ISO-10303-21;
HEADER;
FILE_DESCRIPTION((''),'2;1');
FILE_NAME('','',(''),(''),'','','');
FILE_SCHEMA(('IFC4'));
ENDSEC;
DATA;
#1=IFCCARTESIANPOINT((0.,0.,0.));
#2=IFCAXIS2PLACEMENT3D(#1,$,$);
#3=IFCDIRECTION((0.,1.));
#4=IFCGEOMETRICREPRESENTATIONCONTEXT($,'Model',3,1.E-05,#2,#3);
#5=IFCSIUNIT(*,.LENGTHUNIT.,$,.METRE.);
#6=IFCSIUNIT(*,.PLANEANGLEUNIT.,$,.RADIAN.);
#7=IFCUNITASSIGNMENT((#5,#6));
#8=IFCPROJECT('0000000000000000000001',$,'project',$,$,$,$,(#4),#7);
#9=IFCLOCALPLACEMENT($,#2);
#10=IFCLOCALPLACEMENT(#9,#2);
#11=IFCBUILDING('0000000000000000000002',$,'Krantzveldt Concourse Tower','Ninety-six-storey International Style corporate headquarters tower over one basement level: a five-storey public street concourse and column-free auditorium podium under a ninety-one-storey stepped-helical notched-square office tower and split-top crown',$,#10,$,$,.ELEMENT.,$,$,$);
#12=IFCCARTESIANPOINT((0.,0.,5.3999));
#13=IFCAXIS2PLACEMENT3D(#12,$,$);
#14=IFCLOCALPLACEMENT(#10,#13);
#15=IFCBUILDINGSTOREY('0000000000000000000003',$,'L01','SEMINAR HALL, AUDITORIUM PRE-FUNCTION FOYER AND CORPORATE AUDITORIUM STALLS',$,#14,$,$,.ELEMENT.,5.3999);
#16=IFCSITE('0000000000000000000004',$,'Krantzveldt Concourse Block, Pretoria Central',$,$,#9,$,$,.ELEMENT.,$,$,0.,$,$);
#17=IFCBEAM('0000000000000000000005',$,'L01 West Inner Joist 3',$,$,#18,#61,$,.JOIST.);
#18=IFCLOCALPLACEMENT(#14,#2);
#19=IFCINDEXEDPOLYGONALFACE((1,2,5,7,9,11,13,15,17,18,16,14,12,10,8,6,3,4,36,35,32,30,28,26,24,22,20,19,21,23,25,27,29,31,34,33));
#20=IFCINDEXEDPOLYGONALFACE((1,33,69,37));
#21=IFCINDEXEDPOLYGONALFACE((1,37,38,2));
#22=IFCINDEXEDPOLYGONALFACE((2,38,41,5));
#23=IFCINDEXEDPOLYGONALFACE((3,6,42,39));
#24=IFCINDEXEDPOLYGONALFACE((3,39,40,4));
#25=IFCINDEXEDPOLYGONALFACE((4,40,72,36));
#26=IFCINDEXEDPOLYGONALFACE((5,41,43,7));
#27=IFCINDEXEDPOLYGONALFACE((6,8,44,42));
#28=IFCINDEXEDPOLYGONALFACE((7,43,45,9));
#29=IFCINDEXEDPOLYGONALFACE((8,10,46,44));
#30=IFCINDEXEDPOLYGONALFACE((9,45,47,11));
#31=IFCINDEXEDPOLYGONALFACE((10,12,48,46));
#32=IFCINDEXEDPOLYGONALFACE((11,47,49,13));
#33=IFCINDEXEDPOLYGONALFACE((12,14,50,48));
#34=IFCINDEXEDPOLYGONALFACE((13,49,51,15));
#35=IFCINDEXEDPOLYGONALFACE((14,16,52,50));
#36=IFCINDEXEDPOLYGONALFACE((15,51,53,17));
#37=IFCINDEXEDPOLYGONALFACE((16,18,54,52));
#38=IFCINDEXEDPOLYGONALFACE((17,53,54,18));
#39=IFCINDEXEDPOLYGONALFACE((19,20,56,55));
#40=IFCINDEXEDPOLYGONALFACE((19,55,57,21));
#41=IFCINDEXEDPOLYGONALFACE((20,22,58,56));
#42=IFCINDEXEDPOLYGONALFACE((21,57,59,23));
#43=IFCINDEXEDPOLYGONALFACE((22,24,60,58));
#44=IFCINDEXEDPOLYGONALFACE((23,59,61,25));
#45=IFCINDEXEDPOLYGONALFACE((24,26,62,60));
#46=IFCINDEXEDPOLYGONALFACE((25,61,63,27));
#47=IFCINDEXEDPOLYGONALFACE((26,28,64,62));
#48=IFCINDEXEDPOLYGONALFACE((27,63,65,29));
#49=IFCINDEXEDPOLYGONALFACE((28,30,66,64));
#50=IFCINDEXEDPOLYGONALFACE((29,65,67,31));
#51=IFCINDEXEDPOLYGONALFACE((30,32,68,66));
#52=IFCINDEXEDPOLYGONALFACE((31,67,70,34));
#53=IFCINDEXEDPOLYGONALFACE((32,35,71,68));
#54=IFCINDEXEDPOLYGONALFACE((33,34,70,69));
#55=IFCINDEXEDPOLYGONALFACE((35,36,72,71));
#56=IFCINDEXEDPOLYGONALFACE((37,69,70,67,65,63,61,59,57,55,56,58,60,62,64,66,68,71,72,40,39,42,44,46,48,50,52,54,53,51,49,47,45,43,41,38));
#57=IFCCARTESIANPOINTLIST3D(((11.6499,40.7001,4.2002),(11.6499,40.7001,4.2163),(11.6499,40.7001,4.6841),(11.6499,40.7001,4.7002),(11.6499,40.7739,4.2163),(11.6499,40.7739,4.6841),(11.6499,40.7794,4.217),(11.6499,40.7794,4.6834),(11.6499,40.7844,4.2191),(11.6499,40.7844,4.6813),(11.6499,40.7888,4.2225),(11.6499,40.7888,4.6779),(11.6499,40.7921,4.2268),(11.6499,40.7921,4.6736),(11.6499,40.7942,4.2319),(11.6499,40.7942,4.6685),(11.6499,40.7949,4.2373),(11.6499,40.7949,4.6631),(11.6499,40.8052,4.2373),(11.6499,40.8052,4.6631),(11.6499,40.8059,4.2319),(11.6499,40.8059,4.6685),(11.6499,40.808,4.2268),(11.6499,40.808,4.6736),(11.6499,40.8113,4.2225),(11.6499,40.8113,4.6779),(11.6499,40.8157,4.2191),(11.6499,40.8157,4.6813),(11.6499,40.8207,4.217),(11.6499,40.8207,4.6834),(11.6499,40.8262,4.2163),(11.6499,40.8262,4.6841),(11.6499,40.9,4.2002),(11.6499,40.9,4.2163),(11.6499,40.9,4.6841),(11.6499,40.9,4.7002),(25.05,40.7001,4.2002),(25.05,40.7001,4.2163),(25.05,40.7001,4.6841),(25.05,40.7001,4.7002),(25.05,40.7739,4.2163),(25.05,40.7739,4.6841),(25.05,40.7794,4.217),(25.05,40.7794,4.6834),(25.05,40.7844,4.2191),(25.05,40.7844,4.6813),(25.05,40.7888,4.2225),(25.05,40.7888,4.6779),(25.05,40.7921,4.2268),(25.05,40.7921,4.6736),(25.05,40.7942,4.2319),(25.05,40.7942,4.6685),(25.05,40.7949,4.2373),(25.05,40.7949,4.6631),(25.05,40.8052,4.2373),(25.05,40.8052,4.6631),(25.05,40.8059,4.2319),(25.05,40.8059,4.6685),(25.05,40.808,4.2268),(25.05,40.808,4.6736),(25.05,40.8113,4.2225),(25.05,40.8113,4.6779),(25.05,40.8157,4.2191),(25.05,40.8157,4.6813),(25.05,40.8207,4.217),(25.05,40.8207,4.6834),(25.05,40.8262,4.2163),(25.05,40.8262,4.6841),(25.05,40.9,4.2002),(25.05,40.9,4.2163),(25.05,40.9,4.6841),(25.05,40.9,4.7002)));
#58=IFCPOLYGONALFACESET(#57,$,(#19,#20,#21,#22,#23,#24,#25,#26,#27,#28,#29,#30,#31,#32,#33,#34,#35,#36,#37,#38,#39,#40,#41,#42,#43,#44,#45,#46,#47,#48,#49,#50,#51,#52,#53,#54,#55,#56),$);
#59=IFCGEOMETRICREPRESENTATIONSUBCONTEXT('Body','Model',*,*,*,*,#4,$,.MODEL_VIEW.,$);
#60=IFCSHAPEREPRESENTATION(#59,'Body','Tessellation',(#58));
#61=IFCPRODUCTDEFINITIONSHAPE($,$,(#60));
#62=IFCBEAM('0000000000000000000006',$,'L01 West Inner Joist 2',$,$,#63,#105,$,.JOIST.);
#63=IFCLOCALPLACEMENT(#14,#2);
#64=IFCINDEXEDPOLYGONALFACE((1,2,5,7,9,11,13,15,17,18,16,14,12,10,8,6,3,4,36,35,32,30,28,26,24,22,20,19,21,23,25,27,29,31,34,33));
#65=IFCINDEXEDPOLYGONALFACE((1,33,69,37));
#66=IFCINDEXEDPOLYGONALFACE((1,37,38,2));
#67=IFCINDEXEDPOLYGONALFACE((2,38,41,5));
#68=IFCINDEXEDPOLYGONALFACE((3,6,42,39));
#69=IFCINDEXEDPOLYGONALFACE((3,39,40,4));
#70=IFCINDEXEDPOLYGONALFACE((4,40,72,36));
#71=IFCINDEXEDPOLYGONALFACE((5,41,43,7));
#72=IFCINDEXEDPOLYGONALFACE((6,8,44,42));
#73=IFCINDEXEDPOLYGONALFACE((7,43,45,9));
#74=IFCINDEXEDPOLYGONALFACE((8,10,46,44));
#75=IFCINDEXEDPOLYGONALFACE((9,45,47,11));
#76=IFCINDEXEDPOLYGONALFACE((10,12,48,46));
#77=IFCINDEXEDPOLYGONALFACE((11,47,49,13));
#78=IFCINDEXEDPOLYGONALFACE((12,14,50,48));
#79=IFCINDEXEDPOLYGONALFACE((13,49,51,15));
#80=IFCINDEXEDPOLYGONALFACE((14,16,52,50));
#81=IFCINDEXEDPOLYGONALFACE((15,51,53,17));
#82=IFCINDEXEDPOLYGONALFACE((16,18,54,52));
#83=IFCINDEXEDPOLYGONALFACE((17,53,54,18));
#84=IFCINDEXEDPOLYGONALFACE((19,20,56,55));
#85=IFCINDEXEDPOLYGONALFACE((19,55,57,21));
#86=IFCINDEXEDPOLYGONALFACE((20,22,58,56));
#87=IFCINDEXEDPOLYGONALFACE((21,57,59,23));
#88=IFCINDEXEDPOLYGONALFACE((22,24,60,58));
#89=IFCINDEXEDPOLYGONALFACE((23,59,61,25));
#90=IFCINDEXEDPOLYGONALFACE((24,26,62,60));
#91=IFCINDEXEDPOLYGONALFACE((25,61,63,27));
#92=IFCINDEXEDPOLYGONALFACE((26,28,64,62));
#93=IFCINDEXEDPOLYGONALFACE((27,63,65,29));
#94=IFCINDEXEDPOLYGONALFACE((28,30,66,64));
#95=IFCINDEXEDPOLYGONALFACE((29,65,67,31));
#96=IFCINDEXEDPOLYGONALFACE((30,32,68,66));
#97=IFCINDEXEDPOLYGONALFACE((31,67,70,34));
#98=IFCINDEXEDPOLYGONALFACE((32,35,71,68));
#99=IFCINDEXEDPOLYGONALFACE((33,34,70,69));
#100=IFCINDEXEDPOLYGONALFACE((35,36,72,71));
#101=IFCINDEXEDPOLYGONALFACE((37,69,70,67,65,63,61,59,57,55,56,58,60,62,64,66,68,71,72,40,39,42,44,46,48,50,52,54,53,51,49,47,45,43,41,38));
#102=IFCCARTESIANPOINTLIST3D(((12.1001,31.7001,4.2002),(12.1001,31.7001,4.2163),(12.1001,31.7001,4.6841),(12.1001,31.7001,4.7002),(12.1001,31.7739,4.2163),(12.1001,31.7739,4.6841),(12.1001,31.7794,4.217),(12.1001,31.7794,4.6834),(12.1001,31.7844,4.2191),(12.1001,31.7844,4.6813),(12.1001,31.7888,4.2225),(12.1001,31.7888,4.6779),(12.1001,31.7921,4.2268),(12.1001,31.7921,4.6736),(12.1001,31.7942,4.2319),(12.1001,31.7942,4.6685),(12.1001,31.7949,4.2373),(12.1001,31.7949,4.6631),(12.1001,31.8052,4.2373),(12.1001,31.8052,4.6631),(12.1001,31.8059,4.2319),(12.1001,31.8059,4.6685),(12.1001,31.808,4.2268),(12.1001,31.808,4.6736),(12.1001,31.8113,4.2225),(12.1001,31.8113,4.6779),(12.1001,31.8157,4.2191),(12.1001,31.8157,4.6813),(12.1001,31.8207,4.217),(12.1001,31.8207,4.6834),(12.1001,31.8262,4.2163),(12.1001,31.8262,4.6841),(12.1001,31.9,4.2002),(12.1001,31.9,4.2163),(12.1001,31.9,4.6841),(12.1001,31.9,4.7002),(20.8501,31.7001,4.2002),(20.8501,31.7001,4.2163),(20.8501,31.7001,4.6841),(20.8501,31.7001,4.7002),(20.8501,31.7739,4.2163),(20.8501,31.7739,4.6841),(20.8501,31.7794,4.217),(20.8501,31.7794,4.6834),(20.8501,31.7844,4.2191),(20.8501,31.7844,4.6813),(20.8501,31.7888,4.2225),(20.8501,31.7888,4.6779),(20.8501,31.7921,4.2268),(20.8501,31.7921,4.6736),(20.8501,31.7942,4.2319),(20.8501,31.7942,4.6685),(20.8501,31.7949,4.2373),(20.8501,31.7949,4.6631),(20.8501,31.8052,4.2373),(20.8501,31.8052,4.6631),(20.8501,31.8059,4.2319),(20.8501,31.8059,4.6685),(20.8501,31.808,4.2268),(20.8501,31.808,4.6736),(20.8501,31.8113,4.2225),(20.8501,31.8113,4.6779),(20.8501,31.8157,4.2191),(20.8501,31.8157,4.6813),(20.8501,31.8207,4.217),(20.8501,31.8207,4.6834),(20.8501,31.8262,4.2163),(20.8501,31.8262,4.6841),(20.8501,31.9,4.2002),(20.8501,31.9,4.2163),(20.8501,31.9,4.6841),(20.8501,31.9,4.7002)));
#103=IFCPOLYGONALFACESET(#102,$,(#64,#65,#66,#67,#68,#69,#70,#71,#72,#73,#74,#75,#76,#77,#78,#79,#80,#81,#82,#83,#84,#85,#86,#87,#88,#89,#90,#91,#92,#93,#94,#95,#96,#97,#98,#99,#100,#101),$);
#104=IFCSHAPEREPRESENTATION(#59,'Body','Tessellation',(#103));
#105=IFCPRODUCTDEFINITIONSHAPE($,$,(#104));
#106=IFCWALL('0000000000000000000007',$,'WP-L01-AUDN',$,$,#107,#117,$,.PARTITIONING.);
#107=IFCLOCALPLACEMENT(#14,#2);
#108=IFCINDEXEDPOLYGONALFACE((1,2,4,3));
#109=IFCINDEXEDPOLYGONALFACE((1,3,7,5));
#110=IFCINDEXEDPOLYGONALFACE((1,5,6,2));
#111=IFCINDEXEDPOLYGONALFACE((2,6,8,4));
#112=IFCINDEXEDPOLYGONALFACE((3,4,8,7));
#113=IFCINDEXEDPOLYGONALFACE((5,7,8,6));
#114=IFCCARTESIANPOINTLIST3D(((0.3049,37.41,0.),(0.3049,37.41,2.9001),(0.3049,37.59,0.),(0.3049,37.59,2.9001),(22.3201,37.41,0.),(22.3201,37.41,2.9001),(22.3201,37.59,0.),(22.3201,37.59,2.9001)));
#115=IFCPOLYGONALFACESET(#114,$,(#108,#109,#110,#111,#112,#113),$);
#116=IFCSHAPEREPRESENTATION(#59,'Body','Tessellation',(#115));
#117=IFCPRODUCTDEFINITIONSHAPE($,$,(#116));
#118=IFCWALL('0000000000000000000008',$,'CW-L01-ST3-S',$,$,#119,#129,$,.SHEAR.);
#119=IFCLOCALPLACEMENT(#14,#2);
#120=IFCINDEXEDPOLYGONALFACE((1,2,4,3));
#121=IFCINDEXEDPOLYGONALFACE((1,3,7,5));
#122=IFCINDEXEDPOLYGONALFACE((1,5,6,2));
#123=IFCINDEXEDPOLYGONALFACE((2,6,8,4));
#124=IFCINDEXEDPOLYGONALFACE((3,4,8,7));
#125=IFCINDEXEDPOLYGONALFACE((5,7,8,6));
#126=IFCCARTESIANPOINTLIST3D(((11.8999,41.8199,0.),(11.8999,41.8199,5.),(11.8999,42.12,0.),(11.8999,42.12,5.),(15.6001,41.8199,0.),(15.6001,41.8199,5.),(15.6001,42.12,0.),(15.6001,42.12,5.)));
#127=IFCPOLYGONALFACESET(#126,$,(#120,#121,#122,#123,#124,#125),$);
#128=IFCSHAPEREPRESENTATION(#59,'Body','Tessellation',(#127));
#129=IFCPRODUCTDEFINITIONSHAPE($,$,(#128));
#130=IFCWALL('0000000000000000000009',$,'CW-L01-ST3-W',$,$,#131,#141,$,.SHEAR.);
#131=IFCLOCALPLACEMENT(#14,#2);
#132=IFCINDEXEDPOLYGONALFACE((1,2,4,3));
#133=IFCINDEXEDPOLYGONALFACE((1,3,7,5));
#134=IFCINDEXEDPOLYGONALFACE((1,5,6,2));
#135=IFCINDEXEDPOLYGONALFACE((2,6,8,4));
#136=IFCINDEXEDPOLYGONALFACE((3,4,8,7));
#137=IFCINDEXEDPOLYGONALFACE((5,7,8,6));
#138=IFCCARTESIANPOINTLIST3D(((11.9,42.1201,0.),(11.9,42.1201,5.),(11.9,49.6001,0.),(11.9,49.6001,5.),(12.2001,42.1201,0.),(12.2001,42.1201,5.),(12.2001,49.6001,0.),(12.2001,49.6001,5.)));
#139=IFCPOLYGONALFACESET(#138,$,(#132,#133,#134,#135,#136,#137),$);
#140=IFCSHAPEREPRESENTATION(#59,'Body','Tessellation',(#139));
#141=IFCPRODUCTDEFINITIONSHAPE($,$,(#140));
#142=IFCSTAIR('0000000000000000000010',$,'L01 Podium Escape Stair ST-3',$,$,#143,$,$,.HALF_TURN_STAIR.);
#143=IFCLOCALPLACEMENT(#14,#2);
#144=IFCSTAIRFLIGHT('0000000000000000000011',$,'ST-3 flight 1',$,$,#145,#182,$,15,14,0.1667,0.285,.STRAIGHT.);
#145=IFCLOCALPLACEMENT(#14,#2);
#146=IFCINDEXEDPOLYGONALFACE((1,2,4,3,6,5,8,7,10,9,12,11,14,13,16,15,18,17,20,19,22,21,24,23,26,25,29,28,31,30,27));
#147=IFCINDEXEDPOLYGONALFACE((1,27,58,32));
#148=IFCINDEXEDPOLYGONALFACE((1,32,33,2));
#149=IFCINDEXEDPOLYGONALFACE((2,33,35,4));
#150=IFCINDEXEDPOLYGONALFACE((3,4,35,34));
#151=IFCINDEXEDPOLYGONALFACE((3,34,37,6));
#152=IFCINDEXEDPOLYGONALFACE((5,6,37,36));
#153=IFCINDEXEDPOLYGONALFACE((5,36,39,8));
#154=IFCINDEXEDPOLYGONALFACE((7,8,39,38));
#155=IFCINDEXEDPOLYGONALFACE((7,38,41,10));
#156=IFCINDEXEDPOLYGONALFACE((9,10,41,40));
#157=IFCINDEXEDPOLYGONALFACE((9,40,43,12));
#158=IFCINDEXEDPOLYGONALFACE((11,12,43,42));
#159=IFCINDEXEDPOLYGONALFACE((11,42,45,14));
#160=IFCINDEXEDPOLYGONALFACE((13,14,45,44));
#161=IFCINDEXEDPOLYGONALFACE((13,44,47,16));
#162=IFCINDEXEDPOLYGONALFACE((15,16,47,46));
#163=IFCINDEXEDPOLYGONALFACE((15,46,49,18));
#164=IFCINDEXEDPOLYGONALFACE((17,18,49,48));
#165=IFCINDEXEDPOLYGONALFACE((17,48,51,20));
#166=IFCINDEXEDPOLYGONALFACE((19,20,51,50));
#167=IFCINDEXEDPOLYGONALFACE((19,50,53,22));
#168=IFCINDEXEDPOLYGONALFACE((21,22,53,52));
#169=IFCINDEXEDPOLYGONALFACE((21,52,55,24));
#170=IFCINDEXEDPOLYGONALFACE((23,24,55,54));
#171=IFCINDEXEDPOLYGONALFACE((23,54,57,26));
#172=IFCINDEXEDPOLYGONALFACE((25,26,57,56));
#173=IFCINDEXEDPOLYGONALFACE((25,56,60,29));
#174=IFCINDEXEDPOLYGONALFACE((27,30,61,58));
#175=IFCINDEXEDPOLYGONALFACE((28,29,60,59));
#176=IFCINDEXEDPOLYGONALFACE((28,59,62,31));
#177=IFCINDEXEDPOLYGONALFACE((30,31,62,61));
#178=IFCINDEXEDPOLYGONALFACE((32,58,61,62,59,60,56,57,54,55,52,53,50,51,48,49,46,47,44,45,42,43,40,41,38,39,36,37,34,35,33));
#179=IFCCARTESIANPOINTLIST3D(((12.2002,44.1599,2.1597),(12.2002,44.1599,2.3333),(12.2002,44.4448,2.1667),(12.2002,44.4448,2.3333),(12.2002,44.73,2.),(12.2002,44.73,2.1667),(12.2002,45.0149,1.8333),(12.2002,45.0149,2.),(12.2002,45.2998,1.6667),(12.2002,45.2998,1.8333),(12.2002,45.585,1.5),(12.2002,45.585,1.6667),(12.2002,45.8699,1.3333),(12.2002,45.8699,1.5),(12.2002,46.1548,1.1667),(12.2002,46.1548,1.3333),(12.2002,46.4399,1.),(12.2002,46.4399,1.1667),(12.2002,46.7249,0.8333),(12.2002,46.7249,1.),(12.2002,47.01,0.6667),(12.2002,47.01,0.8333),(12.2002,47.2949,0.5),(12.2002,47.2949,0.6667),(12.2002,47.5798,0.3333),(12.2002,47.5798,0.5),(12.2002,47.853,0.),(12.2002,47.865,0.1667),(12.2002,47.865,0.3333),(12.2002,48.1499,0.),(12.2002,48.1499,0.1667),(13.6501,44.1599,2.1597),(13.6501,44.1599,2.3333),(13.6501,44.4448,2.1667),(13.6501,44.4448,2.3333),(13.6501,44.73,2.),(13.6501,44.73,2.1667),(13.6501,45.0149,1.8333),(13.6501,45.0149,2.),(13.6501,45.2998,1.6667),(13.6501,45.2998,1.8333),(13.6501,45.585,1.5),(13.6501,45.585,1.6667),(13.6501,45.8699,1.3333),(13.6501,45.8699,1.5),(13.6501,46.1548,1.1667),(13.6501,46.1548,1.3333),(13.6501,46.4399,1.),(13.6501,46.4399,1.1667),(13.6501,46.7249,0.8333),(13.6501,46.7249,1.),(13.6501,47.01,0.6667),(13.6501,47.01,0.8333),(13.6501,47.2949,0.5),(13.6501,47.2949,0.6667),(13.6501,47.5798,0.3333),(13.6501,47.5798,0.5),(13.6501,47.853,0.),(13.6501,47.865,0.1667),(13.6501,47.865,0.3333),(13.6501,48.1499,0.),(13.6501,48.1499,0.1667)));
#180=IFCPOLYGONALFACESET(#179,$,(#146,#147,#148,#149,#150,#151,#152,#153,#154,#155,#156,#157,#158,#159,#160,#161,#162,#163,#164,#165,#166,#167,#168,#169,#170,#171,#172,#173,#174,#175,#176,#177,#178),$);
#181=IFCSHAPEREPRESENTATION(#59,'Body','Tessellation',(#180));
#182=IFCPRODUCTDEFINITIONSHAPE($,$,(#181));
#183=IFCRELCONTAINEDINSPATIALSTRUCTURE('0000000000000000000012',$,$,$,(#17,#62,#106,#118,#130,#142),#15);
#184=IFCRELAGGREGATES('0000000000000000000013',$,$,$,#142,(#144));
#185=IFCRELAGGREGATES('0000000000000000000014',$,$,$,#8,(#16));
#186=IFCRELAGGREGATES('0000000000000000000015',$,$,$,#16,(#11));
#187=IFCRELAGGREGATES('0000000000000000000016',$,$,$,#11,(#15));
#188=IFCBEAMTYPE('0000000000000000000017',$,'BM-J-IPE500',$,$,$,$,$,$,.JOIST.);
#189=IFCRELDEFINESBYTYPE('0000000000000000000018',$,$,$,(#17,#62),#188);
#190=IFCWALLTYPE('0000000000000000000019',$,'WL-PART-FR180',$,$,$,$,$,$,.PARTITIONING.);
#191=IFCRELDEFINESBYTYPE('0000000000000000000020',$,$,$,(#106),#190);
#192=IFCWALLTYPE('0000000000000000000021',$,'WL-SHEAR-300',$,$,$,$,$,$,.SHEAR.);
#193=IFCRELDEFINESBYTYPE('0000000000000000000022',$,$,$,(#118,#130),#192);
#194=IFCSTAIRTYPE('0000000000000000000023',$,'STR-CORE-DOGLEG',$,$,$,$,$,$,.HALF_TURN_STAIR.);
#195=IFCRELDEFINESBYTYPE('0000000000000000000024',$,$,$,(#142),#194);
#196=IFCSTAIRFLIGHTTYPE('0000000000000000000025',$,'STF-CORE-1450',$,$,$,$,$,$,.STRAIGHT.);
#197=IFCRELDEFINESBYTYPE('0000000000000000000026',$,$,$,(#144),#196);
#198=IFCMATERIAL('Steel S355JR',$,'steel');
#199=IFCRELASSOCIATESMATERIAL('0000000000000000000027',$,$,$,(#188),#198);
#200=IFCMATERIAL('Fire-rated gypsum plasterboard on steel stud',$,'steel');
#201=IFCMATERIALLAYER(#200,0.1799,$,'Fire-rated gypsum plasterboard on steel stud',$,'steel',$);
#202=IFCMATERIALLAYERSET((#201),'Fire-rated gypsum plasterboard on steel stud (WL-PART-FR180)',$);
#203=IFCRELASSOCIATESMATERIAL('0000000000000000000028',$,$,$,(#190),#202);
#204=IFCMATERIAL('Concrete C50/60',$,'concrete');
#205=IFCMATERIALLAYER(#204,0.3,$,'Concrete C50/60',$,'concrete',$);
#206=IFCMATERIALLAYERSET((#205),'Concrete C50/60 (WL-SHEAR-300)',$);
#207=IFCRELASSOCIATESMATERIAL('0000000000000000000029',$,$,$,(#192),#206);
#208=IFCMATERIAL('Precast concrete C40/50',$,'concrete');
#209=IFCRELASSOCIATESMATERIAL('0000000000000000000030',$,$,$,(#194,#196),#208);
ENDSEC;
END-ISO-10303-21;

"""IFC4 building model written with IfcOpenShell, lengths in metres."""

from ifc_helpers import new_model, si_unit, direction, frame, frame_2d, origin, origin_2d, place, context, subcontext, project, spatial, polyline, rectangle, i_section, outline, extrude, source, transform, mapped, material, layer, layer_set, material_profile, profile_set, type_object, type_shapes, element, aggregate, save


model = new_model("IFC4")

# Units and contexts
model_context = context("Model", 3, precision=1e-05, world=origin(), true_north=direction((0.0, 1.0)))
body_context = subcontext(model_context, "Body", "Model", "MODEL_VIEW")
ifc_project = project(units=[si_unit("LENGTHUNIT", "METRE"), si_unit("PLANEANGLEUNIT", "RADIAN")], contexts=[model_context])

# Site, building, storey
site_placement = place(None, origin())
site = spatial("IfcSite", under=ifc_project, at=site_placement, Name="Krantzveldt Concourse Block, Pretoria Central", CompositionType="ELEMENT", RefElevation=0.0)
building_placement = place(site_placement, origin())
building = spatial("IfcBuilding", under=site, at=building_placement, Name="Krantzveldt Concourse Tower", Description="Ninety-six-storey International Style corporate headquarters tower over one basement level: a five-storey public street concourse and column-free auditorium podium under a ninety-one-storey stepped-helical notched-square office tower and split-top crown", CompositionType="ELEMENT")
storey_placement = place(building_placement, frame((0.0, 0.0, 5.3999)))
storey = spatial("IfcBuildingStorey", under=building, at=storey_placement, Name="L01", Description="SEMINAR HALL, AUDITORIUM PRE-FUNCTION FOYER AND CORPORATE AUDITORIUM STALLS", CompositionType="ELEMENT", Elevation=5.3999)

# Shared definitions
ifc_material_1 = material(Name="Concrete C50/60", Category="concrete")

# Beams
ifc_material_2 = material(Name="Steel S355JR", Category="steel")
ifc_material_profile_1 = material_profile(ifc_material_2, i_section(OverallWidth=0.2, OverallDepth=0.5, WebThickness=0.0103, FlangeThickness=0.0161, FilletRadius=0.021, at=origin_2d()), Name="Steel S355JR", Category="steel")
ifc_profile_set_1 = profile_set([ifc_material_profile_1], Name="Steel S355JR - IPE 500")
beam_type_1 = type_object("IfcBeamType", Name="BM-J-IPE500", PredefinedType="JOIST", material=ifc_profile_set_1)
shared_shape_1 = source(origin(), body_context, "Body", "SweptSolid", [
    extrude(i_section(OverallWidth=0.2, OverallDepth=0.5, WebThickness=0.0103, FlangeThickness=0.0161, FilletRadius=0.021, at=origin_2d()), origin(), (0.0, 0.0, 1.0), 13.4001),
])
beam_1_placement = place(storey_placement, frame((11.6499, 40.8, 4.4502), z_axis=(1.0, 0.0, 0.0), x_axis=(0.0, 1.0, 0.0)))
element("IfcBeam", 1, at=beam_1_placement, inside=storey, type_object=beam_type_1, Name="L01 West Inner Joist 3", PredefinedType="JOIST", context=body_context, shape_type="MappedRepresentation", body=[
    mapped(shared_shape_1, transform((0.0, 0.0, 0.0), x_axis=(1.0, 0.0, 0.0), y_axis=(0.0, 1.0, 0.0), z_axis=(0.0, 0.0, 1.0), scale=1.0)),
])
shared_shape_2 = source(origin(), body_context, "Body", "SweptSolid", [
    extrude(i_section(OverallWidth=0.2, OverallDepth=0.5, WebThickness=0.0103, FlangeThickness=0.0161, FilletRadius=0.021, at=origin_2d()), origin(), (0.0, 0.0, 1.0), 8.75),
])
type_shapes(beam_type_1, [shared_shape_1, shared_shape_2])
beam_2_placement = place(storey_placement, frame((12.1001, 31.8, 4.4502), z_axis=(1.0, 0.0, 0.0), x_axis=(0.0, 1.0, 0.0)))
element("IfcBeam", 2, at=beam_2_placement, inside=storey, type_object=beam_type_1, Name="L01 West Inner Joist 2", PredefinedType="JOIST", context=body_context, shape_type="MappedRepresentation", body=[
    mapped(shared_shape_2, transform((0.0, 0.0, 0.0), x_axis=(1.0, 0.0, 0.0), y_axis=(0.0, 1.0, 0.0), z_axis=(0.0, 0.0, 1.0), scale=1.0)),
])

# Walls
ifc_material_3 = material(Name="Fire-rated gypsum plasterboard on steel stud", Category="steel")
ifc_layer_1 = layer(ifc_material_3, 0.1799, Name="Fire-rated gypsum plasterboard on steel stud", Category="steel")
ifc_layer_set_1 = layer_set([ifc_layer_1], Name="Fire-rated gypsum plasterboard on steel stud (WL-PART-FR180)")
wall_type_1 = type_object("IfcWallType", Name="WL-PART-FR180", PredefinedType="PARTITIONING", material=ifc_layer_set_1)
wall_1_placement = place(storey_placement, frame((0.3049, 37.5, 0.0), z_axis=(0.0, 0.0, 1.0), x_axis=(1.0, 0.0, 0.0)))
element("IfcWall", 3, at=wall_1_placement, inside=storey, type_object=wall_type_1, Name="WP-L01-AUDN", PredefinedType="PARTITIONING", context=body_context, shape_type="SweptSolid", body=[
    extrude(rectangle(XDim=22.0151, YDim=0.1799, at=frame_2d((11.0076, 0.0))), origin(), (0.0, 0.0, 1.0), 2.9001),
])
ifc_layer_2 = layer(ifc_material_1, 0.3, Name="Concrete C50/60", Category="concrete")
ifc_layer_set_2 = layer_set([ifc_layer_2], Name="Concrete C50/60 (WL-SHEAR-300)")
wall_type_2 = type_object("IfcWallType", Name="WL-SHEAR-300", PredefinedType="SHEAR", material=ifc_layer_set_2)
wall_2_placement = place(storey_placement, frame((11.8999, 41.97, 0.0), z_axis=(0.0, 0.0, 1.0), x_axis=(1.0, 0.0, 0.0)))
element("IfcWall", 4, at=wall_2_placement, inside=storey, type_object=wall_type_2, Name="CW-L01-ST3-S", PredefinedType="SHEAR", context=body_context, shape_type="SweptSolid", body=[
    extrude(rectangle(XDim=3.7002, YDim=0.3, at=frame_2d((1.8501, 0.0))), origin(), (0.0, 0.0, 1.0), 5.0),
])
wall_3_placement = place(storey_placement, frame((12.05, 42.1201, 0.0), z_axis=(0.0, 0.0, 1.0), x_axis=(0.0, 1.0, 0.0)))
element("IfcWall", 5, at=wall_3_placement, inside=storey, type_object=wall_type_2, Name="CW-L01-ST3-W", PredefinedType="SHEAR", context=body_context, shape_type="SweptSolid", body=[
    extrude(rectangle(XDim=7.48, YDim=0.3, at=frame_2d((3.74, 0.0))), origin(), (0.0, 0.0, 1.0), 5.0),
])

# Stair, stair flight
ifc_material_4 = material(Name="Precast concrete C40/50", Category="concrete")
stair_type = type_object("IfcStairType", Name="STR-CORE-DOGLEG", PredefinedType="HALF_TURN_STAIR", material=ifc_material_4)
stair_placement = place(storey_placement, origin())
stair = element("IfcStair", 6, at=stair_placement, inside=storey, type_object=stair_type, Name="L01 Podium Escape Stair ST-3", PredefinedType="HALF_TURN_STAIR")
stair_flight_type = type_object("IfcStairFlightType", Name="STF-CORE-1450", PredefinedType="STRAIGHT", material=ifc_material_4)
stair_flight_1_placement = place(storey_placement, frame((12.925, 48.1499, 0.0), z_axis=(0.0, 0.0, 1.0), x_axis=(0.0, -1.0, 0.0)))
stair_flight_1 = element("IfcStairFlight", 7, at=stair_flight_1_placement, type_object=stair_flight_type, Name="ST-3 flight 1", NumberOfRisers=15, NumberOfTreads=14, PredefinedType="STRAIGHT", RiserHeight=0.1667, TreadLength=0.285, context=body_context, shape_type="SweptSolid", body=[
    extrude(outline(polyline([(0.0, 0.0), (0.0, 0.1667), (0.2849, 0.1667), (0.2849, 0.3333), (0.5701, 0.3333), (0.5701, 0.5), (0.855, 0.5), (0.855, 0.6667), (1.1399, 0.6667), (1.1399, 0.8333), (1.425, 0.8333), (1.425, 1.0), (1.71, 1.0), (1.71, 1.1667), (1.9951, 1.1667), (1.9951, 1.3333), (2.28, 1.3333), (2.28, 1.5), (2.5649, 1.5), (2.5649, 1.6667), (2.8501, 1.6667), (2.8501, 1.8333), (3.135, 1.8333), (3.135, 2.0), (3.4199, 2.0), (3.4199, 2.1667), (3.7051, 2.1667), (3.7051, 2.3333), (3.99, 2.3333), (3.99, 2.5), (3.99, 2.1597), (0.2969, 0.0), (0.0, 0.0)])), frame((0.0, 0.7251, 0.0), z_axis=(0.0, -1.0, 0.0), x_axis=(1.0, 0.0, 0.0)), (0.0, 0.0, 1.0), 1.45),
])
aggregate(stair, [stair_flight_1])

save(model, "model.ifc")
